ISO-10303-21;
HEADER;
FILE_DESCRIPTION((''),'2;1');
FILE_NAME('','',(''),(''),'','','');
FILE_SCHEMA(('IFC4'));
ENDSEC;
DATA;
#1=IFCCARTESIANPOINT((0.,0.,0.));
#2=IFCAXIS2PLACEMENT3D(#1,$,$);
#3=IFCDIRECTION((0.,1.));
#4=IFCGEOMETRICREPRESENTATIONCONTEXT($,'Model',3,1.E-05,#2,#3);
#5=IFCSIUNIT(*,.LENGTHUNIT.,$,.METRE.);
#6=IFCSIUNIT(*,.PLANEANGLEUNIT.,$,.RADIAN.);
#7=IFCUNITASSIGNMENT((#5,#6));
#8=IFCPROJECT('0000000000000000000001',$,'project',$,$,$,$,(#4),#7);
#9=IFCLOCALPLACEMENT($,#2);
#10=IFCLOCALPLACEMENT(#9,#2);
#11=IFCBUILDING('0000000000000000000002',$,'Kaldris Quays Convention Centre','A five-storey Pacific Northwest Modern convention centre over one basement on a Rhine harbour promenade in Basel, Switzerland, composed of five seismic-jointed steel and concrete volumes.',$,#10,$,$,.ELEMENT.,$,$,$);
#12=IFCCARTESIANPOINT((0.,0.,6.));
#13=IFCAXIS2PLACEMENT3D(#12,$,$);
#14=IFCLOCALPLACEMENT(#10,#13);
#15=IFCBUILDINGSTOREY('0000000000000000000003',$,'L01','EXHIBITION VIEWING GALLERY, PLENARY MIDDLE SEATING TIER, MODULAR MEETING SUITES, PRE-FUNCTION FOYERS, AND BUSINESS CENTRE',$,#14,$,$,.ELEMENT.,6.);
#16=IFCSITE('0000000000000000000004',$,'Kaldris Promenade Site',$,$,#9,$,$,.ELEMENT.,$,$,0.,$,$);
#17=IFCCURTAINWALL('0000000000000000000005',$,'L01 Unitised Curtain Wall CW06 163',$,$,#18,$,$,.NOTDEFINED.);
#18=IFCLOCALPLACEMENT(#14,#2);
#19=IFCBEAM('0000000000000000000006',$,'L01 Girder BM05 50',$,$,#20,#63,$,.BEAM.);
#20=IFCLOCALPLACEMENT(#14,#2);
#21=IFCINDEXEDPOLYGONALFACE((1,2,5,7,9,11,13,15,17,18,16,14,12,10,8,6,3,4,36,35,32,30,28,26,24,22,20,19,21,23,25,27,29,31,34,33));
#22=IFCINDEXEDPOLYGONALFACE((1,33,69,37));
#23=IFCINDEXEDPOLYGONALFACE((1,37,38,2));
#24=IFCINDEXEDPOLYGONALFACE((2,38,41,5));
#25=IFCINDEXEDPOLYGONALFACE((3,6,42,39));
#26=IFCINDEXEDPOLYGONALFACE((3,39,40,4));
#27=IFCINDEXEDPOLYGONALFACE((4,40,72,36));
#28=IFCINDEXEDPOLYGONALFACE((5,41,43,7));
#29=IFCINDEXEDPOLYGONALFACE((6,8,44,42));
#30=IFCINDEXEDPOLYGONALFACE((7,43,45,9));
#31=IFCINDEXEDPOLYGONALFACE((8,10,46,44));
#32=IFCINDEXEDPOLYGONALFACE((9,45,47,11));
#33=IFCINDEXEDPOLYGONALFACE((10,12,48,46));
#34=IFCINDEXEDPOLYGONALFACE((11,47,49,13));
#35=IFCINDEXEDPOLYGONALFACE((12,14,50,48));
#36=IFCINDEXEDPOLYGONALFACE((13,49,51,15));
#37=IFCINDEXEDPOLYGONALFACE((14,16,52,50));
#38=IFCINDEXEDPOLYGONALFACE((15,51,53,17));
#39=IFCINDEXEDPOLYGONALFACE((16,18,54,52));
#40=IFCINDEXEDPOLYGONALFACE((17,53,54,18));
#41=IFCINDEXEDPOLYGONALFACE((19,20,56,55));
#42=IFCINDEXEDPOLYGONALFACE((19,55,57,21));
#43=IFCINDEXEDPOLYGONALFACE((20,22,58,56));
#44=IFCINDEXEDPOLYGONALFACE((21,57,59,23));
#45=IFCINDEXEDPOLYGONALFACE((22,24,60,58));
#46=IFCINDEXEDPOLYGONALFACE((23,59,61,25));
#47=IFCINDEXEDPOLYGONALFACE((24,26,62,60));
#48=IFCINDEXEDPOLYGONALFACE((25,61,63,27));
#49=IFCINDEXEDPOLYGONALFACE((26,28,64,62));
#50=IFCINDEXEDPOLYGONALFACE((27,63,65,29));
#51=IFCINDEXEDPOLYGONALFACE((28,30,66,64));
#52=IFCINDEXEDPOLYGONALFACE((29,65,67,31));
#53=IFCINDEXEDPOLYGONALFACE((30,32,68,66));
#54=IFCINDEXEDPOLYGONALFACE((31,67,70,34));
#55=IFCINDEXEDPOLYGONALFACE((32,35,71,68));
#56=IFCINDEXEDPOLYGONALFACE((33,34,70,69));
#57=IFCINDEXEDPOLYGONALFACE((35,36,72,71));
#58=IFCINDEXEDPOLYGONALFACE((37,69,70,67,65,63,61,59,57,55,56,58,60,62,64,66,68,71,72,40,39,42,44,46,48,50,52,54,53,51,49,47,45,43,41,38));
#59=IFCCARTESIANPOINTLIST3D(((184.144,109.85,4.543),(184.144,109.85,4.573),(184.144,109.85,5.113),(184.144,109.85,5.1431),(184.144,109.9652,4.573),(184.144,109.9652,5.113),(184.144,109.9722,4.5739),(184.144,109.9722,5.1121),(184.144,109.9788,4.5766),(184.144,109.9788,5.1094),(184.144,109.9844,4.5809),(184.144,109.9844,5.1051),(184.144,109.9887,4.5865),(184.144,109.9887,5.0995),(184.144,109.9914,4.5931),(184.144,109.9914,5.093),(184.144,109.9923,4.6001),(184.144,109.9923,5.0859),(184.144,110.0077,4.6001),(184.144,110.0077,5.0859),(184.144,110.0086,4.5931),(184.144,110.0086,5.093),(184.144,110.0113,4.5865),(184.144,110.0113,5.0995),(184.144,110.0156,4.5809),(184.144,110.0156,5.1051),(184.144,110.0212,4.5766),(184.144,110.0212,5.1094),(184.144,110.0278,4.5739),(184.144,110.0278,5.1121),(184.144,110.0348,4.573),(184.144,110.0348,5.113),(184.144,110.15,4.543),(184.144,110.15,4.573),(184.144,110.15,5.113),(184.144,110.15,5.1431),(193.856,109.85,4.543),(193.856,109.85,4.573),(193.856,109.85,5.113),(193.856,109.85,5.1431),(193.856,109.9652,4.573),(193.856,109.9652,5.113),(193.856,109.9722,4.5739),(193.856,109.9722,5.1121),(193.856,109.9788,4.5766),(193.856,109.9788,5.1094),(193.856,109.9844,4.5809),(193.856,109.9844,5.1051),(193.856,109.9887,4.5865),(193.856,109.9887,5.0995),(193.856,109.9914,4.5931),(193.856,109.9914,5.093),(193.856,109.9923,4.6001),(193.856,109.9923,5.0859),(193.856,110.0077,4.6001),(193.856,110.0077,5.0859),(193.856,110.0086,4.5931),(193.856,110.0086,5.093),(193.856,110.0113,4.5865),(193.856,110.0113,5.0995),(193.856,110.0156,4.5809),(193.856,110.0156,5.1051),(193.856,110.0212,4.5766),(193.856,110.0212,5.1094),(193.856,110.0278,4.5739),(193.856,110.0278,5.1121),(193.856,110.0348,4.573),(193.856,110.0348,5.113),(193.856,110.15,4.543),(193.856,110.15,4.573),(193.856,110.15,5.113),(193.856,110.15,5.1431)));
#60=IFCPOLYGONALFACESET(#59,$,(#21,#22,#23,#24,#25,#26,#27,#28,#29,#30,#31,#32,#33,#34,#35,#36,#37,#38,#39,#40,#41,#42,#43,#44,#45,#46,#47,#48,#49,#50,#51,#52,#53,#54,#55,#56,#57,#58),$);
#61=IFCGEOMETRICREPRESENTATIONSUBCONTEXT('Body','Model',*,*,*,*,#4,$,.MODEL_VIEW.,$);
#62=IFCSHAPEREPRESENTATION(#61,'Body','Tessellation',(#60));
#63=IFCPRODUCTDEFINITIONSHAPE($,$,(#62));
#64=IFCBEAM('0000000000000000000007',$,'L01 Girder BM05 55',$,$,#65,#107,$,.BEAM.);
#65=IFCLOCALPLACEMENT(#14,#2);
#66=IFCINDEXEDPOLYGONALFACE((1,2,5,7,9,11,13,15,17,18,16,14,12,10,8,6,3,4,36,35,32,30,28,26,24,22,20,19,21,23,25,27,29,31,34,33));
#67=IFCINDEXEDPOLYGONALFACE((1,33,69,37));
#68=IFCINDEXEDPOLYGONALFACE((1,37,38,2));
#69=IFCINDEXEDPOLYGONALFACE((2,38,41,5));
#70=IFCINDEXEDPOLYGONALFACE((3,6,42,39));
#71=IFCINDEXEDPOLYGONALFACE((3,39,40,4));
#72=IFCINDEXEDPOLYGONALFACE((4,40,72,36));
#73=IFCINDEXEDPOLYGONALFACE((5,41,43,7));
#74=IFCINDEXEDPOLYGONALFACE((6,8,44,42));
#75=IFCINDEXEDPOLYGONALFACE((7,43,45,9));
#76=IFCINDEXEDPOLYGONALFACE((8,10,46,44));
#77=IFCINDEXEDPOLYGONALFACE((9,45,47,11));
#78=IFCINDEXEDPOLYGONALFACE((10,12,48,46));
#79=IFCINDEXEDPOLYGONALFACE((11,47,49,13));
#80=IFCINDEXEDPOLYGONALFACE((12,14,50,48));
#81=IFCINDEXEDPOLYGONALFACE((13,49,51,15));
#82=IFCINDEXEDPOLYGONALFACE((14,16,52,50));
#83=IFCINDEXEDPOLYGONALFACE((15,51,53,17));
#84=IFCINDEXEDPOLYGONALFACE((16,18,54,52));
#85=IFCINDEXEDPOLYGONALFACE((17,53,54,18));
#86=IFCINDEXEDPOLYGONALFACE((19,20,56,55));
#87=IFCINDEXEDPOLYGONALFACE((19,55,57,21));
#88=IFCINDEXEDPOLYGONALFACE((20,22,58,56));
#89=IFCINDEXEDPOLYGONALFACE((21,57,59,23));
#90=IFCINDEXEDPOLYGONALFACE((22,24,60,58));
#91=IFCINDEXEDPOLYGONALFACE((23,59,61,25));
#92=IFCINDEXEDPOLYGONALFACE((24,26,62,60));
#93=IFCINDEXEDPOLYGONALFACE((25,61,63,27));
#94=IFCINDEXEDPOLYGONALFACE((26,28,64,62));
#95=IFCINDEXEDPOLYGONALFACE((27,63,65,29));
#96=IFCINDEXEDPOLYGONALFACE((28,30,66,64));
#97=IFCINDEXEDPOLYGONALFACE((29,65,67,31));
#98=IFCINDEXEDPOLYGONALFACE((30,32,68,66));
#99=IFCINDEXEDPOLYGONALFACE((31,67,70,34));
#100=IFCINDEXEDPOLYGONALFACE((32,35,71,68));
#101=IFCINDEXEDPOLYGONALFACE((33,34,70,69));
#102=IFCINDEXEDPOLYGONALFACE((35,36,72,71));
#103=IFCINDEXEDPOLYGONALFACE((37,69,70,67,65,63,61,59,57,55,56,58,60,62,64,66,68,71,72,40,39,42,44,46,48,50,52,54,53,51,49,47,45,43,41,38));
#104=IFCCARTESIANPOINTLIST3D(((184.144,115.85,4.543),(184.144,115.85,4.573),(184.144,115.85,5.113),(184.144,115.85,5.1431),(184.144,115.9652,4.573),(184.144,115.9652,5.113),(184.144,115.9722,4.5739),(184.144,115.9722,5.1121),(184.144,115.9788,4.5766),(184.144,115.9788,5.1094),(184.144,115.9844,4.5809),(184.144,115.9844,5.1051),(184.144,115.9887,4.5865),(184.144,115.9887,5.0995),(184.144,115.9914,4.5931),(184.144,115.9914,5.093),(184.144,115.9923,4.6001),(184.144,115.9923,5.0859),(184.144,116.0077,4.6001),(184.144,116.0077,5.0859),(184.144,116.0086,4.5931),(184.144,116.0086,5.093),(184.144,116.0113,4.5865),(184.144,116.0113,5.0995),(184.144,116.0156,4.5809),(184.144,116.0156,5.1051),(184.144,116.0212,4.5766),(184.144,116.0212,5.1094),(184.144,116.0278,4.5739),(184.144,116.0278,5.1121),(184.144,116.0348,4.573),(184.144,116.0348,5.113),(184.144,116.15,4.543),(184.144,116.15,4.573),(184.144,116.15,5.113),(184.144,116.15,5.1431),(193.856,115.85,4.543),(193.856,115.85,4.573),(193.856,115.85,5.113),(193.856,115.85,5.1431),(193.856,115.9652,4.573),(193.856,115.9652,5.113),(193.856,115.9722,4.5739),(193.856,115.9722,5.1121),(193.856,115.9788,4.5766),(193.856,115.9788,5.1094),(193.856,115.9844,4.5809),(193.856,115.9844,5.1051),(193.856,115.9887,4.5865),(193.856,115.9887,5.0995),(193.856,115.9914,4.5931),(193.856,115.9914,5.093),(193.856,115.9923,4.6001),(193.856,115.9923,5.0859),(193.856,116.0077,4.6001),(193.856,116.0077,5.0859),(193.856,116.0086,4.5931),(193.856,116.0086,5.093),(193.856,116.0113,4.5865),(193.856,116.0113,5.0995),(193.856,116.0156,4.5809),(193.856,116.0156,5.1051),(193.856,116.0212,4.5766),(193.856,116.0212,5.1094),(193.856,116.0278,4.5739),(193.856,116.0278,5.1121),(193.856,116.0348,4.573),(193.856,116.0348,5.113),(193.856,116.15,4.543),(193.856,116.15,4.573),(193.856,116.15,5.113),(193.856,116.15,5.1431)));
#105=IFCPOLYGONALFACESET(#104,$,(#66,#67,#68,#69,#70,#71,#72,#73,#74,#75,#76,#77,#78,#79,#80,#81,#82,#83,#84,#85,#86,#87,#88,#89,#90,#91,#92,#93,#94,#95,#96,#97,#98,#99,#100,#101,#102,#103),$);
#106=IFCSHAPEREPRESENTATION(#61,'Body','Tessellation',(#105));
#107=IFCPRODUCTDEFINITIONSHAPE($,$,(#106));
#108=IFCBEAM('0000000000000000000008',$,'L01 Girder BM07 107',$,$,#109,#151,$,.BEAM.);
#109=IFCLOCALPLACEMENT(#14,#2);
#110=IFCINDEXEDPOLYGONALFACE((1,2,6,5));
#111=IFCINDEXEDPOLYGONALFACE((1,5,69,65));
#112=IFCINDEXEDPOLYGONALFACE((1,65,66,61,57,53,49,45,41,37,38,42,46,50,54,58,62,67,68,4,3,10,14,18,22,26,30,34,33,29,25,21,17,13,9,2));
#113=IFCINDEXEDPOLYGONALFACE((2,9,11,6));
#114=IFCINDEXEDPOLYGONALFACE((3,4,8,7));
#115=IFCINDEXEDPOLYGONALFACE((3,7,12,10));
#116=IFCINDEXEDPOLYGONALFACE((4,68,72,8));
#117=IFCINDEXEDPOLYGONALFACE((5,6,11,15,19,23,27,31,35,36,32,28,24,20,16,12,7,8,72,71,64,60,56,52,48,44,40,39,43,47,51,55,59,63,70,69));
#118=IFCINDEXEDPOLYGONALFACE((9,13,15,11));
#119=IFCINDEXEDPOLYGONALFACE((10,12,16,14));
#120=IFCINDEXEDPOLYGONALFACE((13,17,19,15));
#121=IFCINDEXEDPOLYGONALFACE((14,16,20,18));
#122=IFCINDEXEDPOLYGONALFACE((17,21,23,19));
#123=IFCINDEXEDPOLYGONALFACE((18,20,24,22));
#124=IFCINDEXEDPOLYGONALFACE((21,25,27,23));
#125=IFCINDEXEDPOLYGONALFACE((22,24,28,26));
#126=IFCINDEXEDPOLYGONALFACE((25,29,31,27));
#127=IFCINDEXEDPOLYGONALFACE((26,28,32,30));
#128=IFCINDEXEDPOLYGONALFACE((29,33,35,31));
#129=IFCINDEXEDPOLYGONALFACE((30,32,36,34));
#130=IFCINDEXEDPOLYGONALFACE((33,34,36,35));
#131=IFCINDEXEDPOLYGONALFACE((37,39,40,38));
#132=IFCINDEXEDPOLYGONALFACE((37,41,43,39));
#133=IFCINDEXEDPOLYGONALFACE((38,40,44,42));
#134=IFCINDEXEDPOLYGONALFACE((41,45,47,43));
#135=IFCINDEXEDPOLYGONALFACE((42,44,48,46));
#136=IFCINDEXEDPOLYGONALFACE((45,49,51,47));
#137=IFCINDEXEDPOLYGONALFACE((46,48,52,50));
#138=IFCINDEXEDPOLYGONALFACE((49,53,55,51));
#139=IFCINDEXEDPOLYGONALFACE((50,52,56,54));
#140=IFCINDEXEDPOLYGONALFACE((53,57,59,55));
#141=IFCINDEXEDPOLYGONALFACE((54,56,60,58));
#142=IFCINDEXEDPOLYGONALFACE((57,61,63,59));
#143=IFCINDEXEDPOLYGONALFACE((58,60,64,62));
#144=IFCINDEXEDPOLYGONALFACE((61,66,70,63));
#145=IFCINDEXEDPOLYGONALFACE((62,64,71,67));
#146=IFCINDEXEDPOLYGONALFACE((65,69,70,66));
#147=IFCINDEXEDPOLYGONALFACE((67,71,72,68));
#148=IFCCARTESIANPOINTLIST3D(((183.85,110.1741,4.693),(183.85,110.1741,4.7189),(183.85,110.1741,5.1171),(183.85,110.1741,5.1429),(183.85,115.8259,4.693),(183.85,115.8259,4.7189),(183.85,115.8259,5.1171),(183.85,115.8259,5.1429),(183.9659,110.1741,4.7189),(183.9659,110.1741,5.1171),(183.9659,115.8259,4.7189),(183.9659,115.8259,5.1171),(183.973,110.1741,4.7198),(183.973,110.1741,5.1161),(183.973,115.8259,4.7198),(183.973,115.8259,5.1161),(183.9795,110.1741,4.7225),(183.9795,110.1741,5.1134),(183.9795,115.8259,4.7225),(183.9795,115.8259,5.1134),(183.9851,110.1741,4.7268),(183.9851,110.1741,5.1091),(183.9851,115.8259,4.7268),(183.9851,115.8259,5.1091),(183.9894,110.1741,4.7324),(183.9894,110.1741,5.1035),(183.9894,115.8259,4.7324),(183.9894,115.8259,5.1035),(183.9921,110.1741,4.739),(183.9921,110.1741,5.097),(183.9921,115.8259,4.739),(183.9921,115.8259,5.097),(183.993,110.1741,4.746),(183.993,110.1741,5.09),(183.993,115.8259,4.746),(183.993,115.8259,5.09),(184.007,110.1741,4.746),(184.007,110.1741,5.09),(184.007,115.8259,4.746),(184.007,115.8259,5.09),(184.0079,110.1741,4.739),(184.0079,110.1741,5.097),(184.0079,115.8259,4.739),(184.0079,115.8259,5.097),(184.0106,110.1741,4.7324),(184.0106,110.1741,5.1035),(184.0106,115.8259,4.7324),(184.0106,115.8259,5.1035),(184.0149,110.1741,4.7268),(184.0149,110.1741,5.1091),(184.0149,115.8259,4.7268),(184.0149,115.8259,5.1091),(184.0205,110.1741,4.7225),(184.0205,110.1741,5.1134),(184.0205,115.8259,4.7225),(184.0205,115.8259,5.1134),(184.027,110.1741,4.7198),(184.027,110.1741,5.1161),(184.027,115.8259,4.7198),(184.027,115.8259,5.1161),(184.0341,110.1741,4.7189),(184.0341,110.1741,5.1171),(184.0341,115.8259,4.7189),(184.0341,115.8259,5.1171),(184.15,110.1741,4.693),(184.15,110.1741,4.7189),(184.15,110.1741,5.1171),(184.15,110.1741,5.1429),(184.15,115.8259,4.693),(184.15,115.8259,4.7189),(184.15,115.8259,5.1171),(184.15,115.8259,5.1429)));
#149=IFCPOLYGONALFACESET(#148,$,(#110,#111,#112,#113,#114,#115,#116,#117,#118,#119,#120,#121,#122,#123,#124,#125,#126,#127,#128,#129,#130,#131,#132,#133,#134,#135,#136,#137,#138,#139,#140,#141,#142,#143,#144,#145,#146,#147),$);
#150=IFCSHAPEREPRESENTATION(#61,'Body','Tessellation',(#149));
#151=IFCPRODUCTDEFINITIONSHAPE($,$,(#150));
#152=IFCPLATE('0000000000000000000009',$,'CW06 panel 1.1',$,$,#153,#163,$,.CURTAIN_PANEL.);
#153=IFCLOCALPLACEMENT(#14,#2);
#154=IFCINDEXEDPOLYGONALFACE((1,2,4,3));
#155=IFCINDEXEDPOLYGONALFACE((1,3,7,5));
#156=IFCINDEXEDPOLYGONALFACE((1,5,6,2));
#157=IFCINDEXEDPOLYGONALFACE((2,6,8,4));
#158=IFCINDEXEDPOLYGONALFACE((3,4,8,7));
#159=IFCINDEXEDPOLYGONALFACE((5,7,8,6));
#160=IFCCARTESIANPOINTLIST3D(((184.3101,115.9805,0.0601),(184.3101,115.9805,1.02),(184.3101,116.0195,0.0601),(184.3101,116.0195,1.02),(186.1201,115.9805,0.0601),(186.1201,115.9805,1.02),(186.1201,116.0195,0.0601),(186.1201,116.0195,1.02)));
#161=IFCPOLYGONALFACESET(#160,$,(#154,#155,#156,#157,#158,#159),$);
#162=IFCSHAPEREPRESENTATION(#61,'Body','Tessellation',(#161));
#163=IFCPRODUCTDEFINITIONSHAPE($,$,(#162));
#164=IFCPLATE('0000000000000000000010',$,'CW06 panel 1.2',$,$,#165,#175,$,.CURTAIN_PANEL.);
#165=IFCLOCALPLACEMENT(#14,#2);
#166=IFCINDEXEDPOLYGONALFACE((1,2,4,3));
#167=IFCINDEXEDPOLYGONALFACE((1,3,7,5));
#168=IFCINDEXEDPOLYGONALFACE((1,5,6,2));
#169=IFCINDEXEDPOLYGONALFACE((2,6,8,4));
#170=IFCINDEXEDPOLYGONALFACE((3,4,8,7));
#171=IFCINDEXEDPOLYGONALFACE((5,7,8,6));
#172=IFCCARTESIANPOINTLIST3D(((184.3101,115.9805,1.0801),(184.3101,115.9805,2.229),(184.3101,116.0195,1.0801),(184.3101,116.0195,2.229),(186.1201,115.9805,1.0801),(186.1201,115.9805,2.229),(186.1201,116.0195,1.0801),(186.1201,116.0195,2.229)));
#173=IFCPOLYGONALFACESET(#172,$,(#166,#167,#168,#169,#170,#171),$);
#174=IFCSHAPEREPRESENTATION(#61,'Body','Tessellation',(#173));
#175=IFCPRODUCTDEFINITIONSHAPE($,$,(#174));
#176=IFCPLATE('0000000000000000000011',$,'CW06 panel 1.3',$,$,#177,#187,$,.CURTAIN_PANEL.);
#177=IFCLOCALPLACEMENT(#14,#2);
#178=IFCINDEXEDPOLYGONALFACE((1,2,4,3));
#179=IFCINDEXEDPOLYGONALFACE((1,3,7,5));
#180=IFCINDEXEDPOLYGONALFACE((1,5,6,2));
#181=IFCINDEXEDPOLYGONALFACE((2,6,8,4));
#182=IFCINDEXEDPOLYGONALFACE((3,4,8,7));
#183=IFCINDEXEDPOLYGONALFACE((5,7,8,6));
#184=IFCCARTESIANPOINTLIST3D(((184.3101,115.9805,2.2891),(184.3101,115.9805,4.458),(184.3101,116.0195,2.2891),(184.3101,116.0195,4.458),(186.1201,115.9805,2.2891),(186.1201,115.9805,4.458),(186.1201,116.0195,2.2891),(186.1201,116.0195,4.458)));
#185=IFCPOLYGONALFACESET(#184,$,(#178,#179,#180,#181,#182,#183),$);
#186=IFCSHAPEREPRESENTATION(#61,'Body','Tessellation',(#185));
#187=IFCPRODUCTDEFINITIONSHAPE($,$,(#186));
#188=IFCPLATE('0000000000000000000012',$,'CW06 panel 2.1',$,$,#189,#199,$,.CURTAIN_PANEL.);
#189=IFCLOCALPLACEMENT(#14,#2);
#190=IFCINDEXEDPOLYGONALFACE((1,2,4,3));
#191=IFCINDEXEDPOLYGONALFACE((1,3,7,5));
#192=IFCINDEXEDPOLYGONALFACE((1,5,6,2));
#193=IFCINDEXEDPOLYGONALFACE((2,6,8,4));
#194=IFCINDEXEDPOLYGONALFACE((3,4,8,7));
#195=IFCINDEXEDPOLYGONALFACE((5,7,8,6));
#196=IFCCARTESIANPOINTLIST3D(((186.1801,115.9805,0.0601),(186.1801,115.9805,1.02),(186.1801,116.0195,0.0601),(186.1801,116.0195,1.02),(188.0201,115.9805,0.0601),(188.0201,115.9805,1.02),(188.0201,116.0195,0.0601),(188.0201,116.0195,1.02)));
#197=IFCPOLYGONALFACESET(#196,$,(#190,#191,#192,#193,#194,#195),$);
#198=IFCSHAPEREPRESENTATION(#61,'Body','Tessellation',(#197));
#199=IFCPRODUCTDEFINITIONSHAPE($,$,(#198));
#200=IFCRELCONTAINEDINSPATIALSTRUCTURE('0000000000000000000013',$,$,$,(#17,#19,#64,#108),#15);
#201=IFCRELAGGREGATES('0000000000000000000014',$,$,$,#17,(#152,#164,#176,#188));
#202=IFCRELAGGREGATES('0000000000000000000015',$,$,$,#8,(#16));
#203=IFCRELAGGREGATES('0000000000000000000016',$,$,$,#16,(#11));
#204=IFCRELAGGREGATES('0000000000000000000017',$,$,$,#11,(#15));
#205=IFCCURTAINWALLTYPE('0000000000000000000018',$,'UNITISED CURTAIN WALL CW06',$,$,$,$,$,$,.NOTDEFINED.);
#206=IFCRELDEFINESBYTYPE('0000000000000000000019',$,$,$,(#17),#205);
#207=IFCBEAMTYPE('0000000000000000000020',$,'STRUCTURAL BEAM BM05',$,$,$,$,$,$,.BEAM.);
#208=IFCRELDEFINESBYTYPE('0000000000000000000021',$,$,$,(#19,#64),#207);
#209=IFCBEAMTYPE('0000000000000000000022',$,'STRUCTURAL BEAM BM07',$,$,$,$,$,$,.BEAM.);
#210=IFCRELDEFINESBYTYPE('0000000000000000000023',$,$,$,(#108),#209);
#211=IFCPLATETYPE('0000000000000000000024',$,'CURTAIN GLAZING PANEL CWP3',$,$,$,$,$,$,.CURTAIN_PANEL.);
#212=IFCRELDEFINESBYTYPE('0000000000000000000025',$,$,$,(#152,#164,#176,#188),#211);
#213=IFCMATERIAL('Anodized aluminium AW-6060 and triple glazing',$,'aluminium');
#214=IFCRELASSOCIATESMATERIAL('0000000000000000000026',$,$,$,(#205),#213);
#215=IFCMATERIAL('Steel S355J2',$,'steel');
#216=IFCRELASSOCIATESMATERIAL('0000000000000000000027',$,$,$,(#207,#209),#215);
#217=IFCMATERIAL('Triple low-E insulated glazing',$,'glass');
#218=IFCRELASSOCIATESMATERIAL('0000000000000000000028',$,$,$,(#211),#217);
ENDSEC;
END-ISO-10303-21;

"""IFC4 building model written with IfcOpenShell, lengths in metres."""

from ifc_helpers import new_model, si_unit, direction, frame, origin, origin_2d, place, context, subcontext, project, spatial, rectangle, i_section, extrude, material, material_profile, profile_set, type_object, element, aggregate, save


model = new_model("IFC4")

# Units and contexts
model_context = context("Model", 3, precision=1e-05, world=origin(), true_north=direction((0.0, 1.0)))
body_context = subcontext(model_context, "Body", "Model", "MODEL_VIEW")
ifc_project = project(units=[si_unit("LENGTHUNIT", "METRE"), si_unit("PLANEANGLEUNIT", "RADIAN")], contexts=[model_context])

# Site, building, storey
site_placement = place(None, origin())
site = spatial("IfcSite", under=ifc_project, at=site_placement, Name="Kaldris Promenade Site", CompositionType="ELEMENT", RefElevation=0.0)
building_placement = place(site_placement, origin())
building = spatial("IfcBuilding", under=site, at=building_placement, Name="Kaldris Quays Convention Centre", Description="A five-storey Pacific Northwest Modern convention centre over one basement on a Rhine harbour promenade in Basel, Switzerland, composed of five seismic-jointed steel and concrete volumes.", CompositionType="ELEMENT")
storey_placement = place(building_placement, frame((0.0, 0.0, 6.0)))
storey = spatial("IfcBuildingStorey", under=building, at=storey_placement, Name="L01", Description="EXHIBITION VIEWING GALLERY, PLENARY MIDDLE SEATING TIER, MODULAR MEETING SUITES, PRE-FUNCTION FOYERS, AND BUSINESS CENTRE", CompositionType="ELEMENT", Elevation=6.0)

# Shared definitions
ifc_material_1 = material(Name="Steel S355J2", Category="steel")

# Shared definitions
ifc_material_2 = material(Name="Anodized aluminium AW-6060 and triple glazing", Category="aluminium")
curtain_wall_type = type_object("IfcCurtainWallType", Name="UNITISED CURTAIN WALL CW06", PredefinedType="NOTDEFINED", material=ifc_material_2)

# Curtain wall
curtain_wall_1_placement = place(storey_placement, origin())
curtain_wall_1 = element("IfcCurtainWall", 1, at=curtain_wall_1_placement, inside=storey, type_object=curtain_wall_type, Name="L01 Unitised Curtain Wall CW06 163", PredefinedType="NOTDEFINED")

# Beams
ifc_material_profile_1 = material_profile(ifc_material_1, i_section(OverallWidth=0.3, OverallDepth=0.6001, WebThickness=0.0154, FlangeThickness=0.03, FilletRadius=0.0271, at=origin_2d()), Name="HEB 600")
ifc_profile_set_1 = profile_set([ifc_material_profile_1], Name="Steel S355J2")
beam_type_1 = type_object("IfcBeamType", Name="STRUCTURAL BEAM BM05", PredefinedType="BEAM", material=ifc_profile_set_1)
for number, where, z_axis, x_axis, name in (
    (2, (184.144, 110.0, 4.843), (1.0, 0.0, 0.0), (0.0, 1.0, 0.0), "L01 Girder BM05 50"),
    (3, (184.144, 116.0, 4.843), (1.0, 0.0, 0.0), (0.0, 1.0, 0.0), "L01 Girder BM05 55"),
):
    element("IfcBeam", number, at=place(storey_placement, frame(where, z_axis=z_axis, x_axis=x_axis)), inside=storey, type_object=beam_type_1, Name=name, PredefinedType="BEAM", context=body_context, shape_type="SweptSolid", body=[
        extrude(i_section(OverallWidth=0.3, OverallDepth=0.6001, WebThickness=0.0154, FlangeThickness=0.03, FilletRadius=0.0271, at=origin_2d()), origin(), (0.0, 0.0, 1.0), 9.7119),
    ])
ifc_material_profile_2 = material_profile(ifc_material_1, i_section(OverallWidth=0.3, OverallDepth=0.45, WebThickness=0.0139, FlangeThickness=0.0259, FilletRadius=0.0271, at=origin_2d()), Name="HEB 450")
ifc_profile_set_2 = profile_set([ifc_material_profile_2], Name="Steel S355J2")
beam_type_2 = type_object("IfcBeamType", Name="STRUCTURAL BEAM BM07", PredefinedType="BEAM", material=ifc_profile_set_2)
beam_placement = place(storey_placement, frame((184.0, 110.1741, 4.918), z_axis=(0.0, 1.0, 0.0), x_axis=(-1.0, 0.0, 0.0)))
element("IfcBeam", 4, at=beam_placement, inside=storey, type_object=beam_type_2, Name="L01 Girder BM07 107", PredefinedType="BEAM", context=body_context, shape_type="SweptSolid", body=[
    extrude(i_section(OverallWidth=0.3, OverallDepth=0.45, WebThickness=0.0139, FlangeThickness=0.0259, FilletRadius=0.0271, at=origin_2d()), origin(), (0.0, 0.0, 1.0), 5.6519),
])

# Plates
ifc_material_3 = material(Name="Triple low-E insulated glazing", Category="glass")
plate_type = type_object("IfcPlateType", Name="CURTAIN GLAZING PANEL CWP3", PredefinedType="CURTAIN_PANEL", material=ifc_material_3)
plate_1_placement = place(storey_placement, frame((185.2151, 116.0, 0.0601), z_axis=(0.0, 0.0, 1.0), x_axis=(1.0, 0.0, 0.0)))
plate_1 = element("IfcPlate", 5, at=plate_1_placement, type_object=plate_type, Name="CW06 panel 1.1", PredefinedType="CURTAIN_PANEL", context=body_context, shape_type="SweptSolid", body=[
    extrude(rectangle(XDim=1.8101, YDim=0.0391, at=origin_2d()), origin(), (0.0, 0.0, 1.0), 0.96),
])
plate_2_placement = place(storey_placement, frame((185.2151, 116.0, 1.0801), z_axis=(0.0, 0.0, 1.0), x_axis=(1.0, 0.0, 0.0)))
plate_2 = element("IfcPlate", 6, at=plate_2_placement, type_object=plate_type, Name="CW06 panel 1.2", PredefinedType="CURTAIN_PANEL", context=body_context, shape_type="SweptSolid", body=[
    extrude(rectangle(XDim=1.8101, YDim=0.0391, at=origin_2d()), origin(), (0.0, 0.0, 1.0), 1.1489),
])
plate_3_placement = place(storey_placement, frame((185.2151, 116.0, 2.2891), z_axis=(0.0, 0.0, 1.0), x_axis=(1.0, 0.0, 0.0)))
plate_3 = element("IfcPlate", 7, at=plate_3_placement, type_object=plate_type, Name="CW06 panel 1.3", PredefinedType="CURTAIN_PANEL", context=body_context, shape_type="SweptSolid", body=[
    extrude(rectangle(XDim=1.8101, YDim=0.0391, at=origin_2d()), origin(), (0.0, 0.0, 1.0), 2.1689),
])
plate_4_placement = place(storey_placement, frame((187.1001, 116.0, 0.0601), z_axis=(0.0, 0.0, 1.0), x_axis=(1.0, 0.0, 0.0)))
plate_4 = element("IfcPlate", 8, at=plate_4_placement, type_object=plate_type, Name="CW06 panel 2.1", PredefinedType="CURTAIN_PANEL", context=body_context, shape_type="SweptSolid", body=[
    extrude(rectangle(XDim=1.8401, YDim=0.0391, at=origin_2d()), origin(), (0.0, 0.0, 1.0), 0.96),
])
aggregate(curtain_wall_1, [plate_1, plate_2, plate_3, plate_4])

save(model, "model.ifc")
